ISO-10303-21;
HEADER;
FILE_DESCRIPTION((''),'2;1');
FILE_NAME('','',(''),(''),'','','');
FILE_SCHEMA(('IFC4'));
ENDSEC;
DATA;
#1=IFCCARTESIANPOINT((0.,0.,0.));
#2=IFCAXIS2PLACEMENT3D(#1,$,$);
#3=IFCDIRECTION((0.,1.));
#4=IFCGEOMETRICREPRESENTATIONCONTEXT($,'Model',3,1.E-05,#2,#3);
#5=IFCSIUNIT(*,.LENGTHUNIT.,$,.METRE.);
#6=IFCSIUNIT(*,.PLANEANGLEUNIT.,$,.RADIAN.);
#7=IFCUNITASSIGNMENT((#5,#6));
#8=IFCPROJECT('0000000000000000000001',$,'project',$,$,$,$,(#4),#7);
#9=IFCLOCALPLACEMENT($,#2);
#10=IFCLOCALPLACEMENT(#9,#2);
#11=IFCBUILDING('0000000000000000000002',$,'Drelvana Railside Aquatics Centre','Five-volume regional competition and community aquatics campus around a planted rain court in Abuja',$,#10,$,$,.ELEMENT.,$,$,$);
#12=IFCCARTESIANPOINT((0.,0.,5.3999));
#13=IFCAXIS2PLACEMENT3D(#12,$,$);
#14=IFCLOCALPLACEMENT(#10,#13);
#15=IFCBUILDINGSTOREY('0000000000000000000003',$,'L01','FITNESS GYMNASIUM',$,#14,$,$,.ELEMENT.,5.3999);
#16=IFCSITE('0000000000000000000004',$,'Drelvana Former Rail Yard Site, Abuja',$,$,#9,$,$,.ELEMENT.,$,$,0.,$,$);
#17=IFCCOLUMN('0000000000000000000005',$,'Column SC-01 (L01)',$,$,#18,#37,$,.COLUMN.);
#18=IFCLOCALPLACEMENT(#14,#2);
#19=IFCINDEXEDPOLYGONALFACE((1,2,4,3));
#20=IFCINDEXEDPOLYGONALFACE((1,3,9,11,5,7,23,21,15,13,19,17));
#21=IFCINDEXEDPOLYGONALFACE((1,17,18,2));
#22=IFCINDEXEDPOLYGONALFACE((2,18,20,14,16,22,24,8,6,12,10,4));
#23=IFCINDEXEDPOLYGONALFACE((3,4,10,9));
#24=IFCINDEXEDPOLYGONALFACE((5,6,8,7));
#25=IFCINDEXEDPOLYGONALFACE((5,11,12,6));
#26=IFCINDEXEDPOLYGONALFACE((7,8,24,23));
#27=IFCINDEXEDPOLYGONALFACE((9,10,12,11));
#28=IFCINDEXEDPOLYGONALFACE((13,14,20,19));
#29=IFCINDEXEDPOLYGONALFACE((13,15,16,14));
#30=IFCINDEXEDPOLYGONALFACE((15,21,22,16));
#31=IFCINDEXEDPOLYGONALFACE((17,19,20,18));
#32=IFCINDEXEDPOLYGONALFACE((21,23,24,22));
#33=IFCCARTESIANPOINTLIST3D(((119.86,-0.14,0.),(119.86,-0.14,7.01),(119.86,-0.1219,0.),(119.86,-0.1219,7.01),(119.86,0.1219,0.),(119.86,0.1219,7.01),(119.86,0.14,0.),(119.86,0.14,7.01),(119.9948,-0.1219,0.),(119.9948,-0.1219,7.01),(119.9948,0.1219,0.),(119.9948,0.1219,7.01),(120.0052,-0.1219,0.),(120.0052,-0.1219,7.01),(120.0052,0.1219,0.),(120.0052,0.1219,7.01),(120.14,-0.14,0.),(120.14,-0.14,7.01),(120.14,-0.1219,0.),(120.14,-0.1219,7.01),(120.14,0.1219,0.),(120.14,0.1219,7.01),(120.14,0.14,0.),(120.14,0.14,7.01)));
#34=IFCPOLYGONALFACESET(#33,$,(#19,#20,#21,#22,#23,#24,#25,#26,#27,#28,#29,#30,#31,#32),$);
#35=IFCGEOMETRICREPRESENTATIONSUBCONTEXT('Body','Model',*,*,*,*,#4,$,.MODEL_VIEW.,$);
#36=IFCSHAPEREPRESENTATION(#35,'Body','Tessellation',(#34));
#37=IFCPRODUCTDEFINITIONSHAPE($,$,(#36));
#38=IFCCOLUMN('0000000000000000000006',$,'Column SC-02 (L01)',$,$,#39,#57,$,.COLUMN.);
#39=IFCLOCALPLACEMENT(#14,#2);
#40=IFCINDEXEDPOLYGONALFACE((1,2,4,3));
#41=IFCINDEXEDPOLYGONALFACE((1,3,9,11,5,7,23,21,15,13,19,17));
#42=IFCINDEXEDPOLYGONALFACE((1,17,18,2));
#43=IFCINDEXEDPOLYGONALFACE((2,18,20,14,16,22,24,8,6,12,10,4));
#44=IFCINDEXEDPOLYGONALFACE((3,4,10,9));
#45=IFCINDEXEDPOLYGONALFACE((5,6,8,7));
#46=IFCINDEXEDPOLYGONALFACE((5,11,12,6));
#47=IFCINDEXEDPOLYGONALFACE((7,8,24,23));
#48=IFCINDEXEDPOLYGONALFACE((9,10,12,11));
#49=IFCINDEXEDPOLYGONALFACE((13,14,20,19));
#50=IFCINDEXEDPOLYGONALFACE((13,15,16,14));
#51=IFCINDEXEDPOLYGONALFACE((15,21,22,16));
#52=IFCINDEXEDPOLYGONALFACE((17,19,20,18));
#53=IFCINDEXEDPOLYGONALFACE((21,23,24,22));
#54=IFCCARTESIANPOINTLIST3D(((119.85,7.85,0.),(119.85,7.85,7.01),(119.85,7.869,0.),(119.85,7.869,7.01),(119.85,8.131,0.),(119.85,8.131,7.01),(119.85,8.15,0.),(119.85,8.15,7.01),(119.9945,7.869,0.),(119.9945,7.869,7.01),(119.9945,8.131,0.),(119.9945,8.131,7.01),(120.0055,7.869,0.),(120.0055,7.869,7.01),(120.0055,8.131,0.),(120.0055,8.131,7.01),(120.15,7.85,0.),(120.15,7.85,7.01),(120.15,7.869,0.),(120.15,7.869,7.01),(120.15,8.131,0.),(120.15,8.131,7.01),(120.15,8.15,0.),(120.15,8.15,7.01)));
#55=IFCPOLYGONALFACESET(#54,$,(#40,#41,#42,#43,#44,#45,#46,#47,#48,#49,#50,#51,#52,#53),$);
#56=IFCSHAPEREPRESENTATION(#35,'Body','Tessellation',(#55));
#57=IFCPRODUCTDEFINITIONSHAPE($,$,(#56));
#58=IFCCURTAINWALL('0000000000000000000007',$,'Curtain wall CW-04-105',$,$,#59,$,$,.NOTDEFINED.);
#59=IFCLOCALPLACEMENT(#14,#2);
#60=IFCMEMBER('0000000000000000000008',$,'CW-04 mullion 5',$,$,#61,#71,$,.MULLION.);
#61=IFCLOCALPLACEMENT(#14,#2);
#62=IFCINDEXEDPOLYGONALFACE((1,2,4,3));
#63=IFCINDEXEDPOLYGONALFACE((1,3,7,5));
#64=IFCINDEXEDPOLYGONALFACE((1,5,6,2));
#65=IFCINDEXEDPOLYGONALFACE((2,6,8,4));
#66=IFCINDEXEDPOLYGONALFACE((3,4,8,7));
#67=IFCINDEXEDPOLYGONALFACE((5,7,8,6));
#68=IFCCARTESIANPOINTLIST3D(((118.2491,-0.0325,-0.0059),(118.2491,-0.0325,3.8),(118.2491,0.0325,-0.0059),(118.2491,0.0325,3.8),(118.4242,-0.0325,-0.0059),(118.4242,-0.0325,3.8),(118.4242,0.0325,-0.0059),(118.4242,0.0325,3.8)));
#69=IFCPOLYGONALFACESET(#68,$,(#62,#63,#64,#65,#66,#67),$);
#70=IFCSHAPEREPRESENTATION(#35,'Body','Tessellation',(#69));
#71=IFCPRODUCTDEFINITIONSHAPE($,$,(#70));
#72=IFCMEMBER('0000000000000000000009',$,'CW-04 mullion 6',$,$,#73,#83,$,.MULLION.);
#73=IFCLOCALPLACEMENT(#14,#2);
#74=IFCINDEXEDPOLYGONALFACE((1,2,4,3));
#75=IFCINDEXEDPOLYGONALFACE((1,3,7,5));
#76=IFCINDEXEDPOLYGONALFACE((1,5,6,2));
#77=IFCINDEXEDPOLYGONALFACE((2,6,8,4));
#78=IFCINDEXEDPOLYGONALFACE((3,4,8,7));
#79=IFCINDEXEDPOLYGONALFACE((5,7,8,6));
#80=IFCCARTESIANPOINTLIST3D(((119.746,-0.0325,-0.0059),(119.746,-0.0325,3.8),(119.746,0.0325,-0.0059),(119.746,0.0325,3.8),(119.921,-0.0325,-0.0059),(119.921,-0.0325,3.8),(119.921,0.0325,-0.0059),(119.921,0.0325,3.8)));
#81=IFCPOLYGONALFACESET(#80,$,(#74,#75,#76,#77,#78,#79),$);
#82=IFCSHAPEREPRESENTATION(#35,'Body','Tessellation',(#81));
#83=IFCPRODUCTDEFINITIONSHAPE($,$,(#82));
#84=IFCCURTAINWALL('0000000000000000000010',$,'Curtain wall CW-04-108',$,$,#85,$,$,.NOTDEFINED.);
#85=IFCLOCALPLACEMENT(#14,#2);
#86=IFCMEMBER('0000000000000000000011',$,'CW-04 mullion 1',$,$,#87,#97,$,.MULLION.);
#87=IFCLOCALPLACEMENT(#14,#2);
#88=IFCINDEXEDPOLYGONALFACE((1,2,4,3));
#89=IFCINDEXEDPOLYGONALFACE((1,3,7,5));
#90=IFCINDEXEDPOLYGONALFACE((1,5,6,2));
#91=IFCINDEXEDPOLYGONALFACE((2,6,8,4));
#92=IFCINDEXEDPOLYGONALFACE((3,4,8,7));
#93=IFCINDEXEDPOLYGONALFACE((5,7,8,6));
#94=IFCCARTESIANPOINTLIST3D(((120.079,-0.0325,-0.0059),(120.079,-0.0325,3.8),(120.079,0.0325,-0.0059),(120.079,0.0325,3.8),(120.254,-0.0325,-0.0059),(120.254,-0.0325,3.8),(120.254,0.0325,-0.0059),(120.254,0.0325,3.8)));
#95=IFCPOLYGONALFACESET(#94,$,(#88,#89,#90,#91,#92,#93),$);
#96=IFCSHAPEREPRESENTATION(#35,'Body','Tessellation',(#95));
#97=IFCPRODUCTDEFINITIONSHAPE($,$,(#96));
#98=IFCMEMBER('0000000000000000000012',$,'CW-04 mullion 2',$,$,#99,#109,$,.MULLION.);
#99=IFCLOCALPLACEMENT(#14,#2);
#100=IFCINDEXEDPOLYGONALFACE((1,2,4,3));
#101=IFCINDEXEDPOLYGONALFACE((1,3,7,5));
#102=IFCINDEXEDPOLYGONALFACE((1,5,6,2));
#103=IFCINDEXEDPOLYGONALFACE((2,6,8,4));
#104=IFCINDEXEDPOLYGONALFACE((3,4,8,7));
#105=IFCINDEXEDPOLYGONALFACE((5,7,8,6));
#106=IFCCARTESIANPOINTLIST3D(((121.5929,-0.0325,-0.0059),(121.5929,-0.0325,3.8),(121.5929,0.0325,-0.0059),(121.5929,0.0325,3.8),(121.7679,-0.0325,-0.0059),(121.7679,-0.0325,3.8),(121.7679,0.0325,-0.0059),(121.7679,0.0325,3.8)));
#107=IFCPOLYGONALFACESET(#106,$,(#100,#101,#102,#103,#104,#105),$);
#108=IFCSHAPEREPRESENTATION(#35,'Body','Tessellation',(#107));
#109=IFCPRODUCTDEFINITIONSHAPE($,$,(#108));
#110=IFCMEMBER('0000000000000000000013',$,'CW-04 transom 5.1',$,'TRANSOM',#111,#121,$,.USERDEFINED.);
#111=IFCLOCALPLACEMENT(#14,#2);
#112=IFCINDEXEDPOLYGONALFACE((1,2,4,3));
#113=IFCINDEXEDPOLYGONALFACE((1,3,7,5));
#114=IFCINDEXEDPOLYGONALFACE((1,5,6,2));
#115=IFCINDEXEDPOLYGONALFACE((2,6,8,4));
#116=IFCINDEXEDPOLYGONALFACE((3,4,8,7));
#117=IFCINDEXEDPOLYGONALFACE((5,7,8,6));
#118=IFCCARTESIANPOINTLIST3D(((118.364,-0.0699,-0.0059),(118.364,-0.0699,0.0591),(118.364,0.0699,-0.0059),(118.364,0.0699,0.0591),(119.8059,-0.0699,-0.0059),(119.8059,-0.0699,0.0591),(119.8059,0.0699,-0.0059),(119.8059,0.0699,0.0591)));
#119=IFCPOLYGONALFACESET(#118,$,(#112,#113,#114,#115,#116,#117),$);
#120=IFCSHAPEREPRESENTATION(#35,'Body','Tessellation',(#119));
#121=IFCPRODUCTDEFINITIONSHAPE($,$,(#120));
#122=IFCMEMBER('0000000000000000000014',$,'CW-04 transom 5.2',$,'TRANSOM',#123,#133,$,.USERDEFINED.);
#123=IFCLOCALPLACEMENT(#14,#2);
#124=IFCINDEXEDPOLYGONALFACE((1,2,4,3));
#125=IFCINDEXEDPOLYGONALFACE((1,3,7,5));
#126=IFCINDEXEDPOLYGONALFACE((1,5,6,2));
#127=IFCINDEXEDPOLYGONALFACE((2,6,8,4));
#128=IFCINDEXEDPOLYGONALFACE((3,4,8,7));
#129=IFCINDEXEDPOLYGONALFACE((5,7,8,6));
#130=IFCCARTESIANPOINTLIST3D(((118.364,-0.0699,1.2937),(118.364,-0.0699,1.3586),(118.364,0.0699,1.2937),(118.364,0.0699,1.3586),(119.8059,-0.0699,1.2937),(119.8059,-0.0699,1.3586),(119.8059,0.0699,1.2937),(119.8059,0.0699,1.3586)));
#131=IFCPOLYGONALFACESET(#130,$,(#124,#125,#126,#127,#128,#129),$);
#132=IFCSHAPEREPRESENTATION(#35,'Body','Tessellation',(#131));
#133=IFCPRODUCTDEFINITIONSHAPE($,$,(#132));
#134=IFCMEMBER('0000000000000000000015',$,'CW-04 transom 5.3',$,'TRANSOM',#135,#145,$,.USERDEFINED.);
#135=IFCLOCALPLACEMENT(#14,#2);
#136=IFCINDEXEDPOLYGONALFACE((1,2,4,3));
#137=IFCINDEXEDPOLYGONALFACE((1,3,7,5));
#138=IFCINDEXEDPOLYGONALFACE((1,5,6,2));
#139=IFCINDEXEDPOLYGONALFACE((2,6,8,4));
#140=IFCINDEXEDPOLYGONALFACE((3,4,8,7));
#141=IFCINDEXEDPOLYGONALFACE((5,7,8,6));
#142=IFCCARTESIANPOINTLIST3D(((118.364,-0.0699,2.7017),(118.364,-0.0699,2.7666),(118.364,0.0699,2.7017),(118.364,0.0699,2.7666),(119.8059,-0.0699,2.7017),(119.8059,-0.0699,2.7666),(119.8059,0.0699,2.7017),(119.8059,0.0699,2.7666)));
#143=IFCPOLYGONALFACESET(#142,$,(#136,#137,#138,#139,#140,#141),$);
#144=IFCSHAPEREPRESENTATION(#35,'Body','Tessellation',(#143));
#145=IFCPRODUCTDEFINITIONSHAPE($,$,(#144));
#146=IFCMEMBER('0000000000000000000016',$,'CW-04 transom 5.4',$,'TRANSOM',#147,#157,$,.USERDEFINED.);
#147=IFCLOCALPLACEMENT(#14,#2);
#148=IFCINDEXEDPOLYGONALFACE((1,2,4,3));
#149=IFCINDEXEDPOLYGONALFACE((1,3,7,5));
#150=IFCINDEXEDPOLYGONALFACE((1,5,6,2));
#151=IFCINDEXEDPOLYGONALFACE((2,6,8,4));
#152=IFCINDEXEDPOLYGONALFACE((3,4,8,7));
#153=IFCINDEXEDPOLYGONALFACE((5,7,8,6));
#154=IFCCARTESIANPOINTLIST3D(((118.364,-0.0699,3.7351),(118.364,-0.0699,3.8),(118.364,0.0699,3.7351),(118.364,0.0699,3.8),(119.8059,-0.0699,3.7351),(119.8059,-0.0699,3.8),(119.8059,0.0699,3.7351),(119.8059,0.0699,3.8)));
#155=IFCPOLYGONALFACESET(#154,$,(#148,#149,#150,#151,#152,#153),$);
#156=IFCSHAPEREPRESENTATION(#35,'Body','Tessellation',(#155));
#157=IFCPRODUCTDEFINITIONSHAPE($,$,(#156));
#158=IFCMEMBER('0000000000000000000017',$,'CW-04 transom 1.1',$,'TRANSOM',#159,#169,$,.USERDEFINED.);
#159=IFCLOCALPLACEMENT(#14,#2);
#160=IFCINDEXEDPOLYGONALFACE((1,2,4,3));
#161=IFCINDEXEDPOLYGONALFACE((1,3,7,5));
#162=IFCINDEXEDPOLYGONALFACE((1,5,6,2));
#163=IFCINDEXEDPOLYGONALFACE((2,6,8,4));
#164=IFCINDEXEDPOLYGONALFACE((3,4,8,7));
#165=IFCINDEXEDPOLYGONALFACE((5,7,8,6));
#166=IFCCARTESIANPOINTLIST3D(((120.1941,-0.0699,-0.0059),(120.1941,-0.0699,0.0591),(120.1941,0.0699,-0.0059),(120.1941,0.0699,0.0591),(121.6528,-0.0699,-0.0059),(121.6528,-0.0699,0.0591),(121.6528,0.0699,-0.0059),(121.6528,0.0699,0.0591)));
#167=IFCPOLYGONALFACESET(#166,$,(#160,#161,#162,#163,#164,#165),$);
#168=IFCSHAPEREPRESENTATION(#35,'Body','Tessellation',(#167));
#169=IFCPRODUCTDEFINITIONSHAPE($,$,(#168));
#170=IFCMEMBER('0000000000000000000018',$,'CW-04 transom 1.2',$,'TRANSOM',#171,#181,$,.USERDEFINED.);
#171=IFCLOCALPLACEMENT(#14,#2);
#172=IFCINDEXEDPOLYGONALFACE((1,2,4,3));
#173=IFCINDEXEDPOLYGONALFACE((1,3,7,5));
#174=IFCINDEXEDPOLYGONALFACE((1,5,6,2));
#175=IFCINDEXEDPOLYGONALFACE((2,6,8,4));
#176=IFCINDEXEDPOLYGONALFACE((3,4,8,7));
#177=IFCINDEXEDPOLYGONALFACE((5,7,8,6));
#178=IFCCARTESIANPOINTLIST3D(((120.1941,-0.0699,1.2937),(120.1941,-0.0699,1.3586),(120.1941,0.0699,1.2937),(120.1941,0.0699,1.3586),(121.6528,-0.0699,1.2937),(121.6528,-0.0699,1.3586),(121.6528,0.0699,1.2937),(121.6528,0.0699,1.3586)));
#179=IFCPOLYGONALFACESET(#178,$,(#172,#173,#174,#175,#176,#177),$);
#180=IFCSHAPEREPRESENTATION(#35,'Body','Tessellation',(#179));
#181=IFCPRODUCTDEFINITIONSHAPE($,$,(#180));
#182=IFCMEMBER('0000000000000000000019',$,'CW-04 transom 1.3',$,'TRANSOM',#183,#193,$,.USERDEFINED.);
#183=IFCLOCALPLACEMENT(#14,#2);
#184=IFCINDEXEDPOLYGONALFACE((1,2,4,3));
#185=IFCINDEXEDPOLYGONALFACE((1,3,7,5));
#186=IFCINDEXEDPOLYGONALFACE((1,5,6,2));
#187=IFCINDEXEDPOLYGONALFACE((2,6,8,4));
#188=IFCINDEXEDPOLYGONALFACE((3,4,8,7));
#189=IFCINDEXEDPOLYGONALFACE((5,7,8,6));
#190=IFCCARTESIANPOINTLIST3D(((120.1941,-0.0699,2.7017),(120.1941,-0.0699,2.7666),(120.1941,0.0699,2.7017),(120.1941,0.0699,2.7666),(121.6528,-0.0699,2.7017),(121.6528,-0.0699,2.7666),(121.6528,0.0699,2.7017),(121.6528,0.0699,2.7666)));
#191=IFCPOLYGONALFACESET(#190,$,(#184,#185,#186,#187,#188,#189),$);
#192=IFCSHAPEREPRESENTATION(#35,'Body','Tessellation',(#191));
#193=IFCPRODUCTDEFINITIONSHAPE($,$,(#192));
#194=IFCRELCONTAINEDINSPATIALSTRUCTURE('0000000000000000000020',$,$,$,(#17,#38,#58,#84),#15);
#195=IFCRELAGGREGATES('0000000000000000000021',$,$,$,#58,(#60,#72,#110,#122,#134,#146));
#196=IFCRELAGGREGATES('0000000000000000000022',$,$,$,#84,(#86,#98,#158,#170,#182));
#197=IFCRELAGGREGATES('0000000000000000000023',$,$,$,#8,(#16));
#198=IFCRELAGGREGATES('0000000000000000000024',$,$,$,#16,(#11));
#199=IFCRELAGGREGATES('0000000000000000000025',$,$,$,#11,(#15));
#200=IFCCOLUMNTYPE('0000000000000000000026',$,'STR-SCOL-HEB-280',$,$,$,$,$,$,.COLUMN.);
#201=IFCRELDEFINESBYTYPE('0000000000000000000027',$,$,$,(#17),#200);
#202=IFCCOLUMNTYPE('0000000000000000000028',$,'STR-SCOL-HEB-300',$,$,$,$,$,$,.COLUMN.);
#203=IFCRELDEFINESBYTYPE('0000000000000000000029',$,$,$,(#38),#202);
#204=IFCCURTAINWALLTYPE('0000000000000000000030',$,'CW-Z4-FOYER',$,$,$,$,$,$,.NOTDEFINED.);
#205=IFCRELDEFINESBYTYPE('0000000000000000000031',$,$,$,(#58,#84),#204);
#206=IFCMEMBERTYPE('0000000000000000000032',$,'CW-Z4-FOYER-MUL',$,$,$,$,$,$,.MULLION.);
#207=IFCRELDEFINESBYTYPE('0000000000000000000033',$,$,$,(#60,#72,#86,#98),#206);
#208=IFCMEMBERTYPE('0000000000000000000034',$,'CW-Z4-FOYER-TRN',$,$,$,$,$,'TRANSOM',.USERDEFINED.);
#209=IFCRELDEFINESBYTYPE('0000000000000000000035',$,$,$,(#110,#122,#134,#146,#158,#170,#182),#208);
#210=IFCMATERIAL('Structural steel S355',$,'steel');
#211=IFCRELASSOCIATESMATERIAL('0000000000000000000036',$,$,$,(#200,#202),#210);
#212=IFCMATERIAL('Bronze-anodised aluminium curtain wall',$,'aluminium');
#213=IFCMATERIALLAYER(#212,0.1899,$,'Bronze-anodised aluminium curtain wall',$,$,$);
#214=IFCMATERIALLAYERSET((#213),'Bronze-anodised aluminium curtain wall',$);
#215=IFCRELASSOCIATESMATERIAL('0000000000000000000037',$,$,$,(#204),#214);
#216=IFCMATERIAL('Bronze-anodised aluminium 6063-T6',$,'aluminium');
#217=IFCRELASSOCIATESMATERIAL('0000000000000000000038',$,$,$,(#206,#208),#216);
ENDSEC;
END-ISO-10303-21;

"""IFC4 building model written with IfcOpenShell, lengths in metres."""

from ifc_helpers import new_model, si_unit, direction, frame, origin, origin_2d, place, context, subcontext, project, spatial, rectangle, i_section, extrude, material, layer, layer_set, material_profile, profile_set, type_object, element, aggregate, save


model = new_model("IFC4")

# Units and contexts
model_context = context("Model", 3, precision=1e-05, world=origin(), true_north=direction((0.0, 1.0)))
body_context = subcontext(model_context, "Body", "Model", "MODEL_VIEW")
ifc_project = project(units=[si_unit("LENGTHUNIT", "METRE"), si_unit("PLANEANGLEUNIT", "RADIAN")], contexts=[model_context])

# Site, building, storey
site_placement = place(None, origin())
site = spatial("IfcSite", under=ifc_project, at=site_placement, Name="Drelvana Former Rail Yard Site, Abuja", CompositionType="ELEMENT", RefElevation=0.0)
building_placement = place(site_placement, origin())
building = spatial("IfcBuilding", under=site, at=building_placement, Name="Drelvana Railside Aquatics Centre", Description="Five-volume regional competition and community aquatics campus around a planted rain court in Abuja", CompositionType="ELEMENT")
storey_placement = place(building_placement, frame((0.0, 0.0, 5.3999)))
storey = spatial("IfcBuildingStorey", under=building, at=storey_placement, Name="L01", Description="FITNESS GYMNASIUM", CompositionType="ELEMENT", Elevation=5.3999)

# Columns
ifc_material_1 = material(Name="Structural steel S355", Category="steel")
ifc_material_profile_1 = material_profile(ifc_material_1, i_section(OverallWidth=0.28, OverallDepth=0.28, WebThickness=0.0105, FlangeThickness=0.0181, at=origin_2d()), Name="HEB 280")
ifc_profile_set_1 = profile_set([ifc_material_profile_1], Name="Structural steel S355")
column_type_1 = type_object("IfcColumnType", Name="STR-SCOL-HEB-280", PredefinedType="COLUMN", material=ifc_profile_set_1)
column_1_placement = place(storey_placement, frame((120.0, 0.0, 0.0), z_axis=(0.0, 0.0, 1.0), x_axis=(1.0, 0.0, 0.0)))
element("IfcColumn", 1, at=column_1_placement, inside=storey, type_object=column_type_1, Name="Column SC-01 (L01)", PredefinedType="COLUMN", context=body_context, shape_type="SweptSolid", body=[
    extrude(i_section(OverallWidth=0.28, OverallDepth=0.28, WebThickness=0.0105, FlangeThickness=0.0181, at=origin_2d()), origin(), (0.0, 0.0, 1.0), 7.01),
])
ifc_material_profile_2 = material_profile(ifc_material_1, i_section(OverallWidth=0.3, OverallDepth=0.3, WebThickness=0.011, FlangeThickness=0.019, at=origin_2d()), Name="HEB 300")
ifc_profile_set_2 = profile_set([ifc_material_profile_2], Name="Structural steel S355")
column_type_2 = type_object("IfcColumnType", Name="STR-SCOL-HEB-300", PredefinedType="COLUMN", material=ifc_profile_set_2)
column_2_placement = place(storey_placement, frame((120.0, 8.0, 0.0), z_axis=(0.0, 0.0, 1.0), x_axis=(1.0, 0.0, 0.0)))
element("IfcColumn", 2, at=column_2_placement, inside=storey, type_object=column_type_2, Name="Column SC-02 (L01)", PredefinedType="COLUMN", context=body_context, shape_type="SweptSolid", body=[
    extrude(i_section(OverallWidth=0.3, OverallDepth=0.3, WebThickness=0.011, FlangeThickness=0.019, at=origin_2d()), origin(), (0.0, 0.0, 1.0), 7.01),
])

# Curtain walls, members
ifc_material_2 = material(Name="Bronze-anodised aluminium curtain wall", Category="aluminium")
ifc_layer_1 = layer(ifc_material_2, 0.1899, Name="Bronze-anodised aluminium curtain wall")
ifc_layer_set_1 = layer_set([ifc_layer_1], Name="Bronze-anodised aluminium curtain wall")
curtain_wall_type = type_object("IfcCurtainWallType", Name="CW-Z4-FOYER", PredefinedType="NOTDEFINED", material=ifc_layer_set_1)
curtain_wall_1_placement = place(storey_placement, origin())
curtain_wall_1 = element("IfcCurtainWall", 3, at=curtain_wall_1_placement, inside=storey, type_object=curtain_wall_type, Name="Curtain wall CW-04-105", PredefinedType="NOTDEFINED")
ifc_material_3 = material(Name="Bronze-anodised aluminium 6063-T6", Category="aluminium")
ifc_material_profile_3 = material_profile(ifc_material_3, rectangle(XDim=0.0649, YDim=0.175, at=origin_2d()), Name="ALU-M 65x175")
ifc_profile_set_3 = profile_set([ifc_material_profile_3], Name="Bronze-anodised aluminium 6063-T6")
member_type_1 = type_object("IfcMemberType", Name="CW-Z4-FOYER-MUL", PredefinedType="MULLION", material=ifc_profile_set_3)
member_1_placement = place(storey_placement, frame((118.3367, 0.0, -0.0059), z_axis=(0.0, 0.0, 1.0), x_axis=(0.0, 1.0, 0.0)))
member_1 = element("IfcMember", 4, at=member_1_placement, type_object=member_type_1, Name="CW-04 mullion 5", PredefinedType="MULLION", context=body_context, shape_type="SweptSolid", body=[
    extrude(rectangle(XDim=0.0649, YDim=0.175, at=origin_2d()), origin(), (0.0, 0.0, 1.0), 3.8059),
])
member_2_placement = place(storey_placement, frame((119.8335, 0.0, -0.0059), z_axis=(0.0, 0.0, 1.0), x_axis=(0.0, 1.0, 0.0)))
member_2 = element("IfcMember", 5, at=member_2_placement, type_object=member_type_1, Name="CW-04 mullion 6", PredefinedType="MULLION", context=body_context, shape_type="SweptSolid", body=[
    extrude(rectangle(XDim=0.0649, YDim=0.175, at=origin_2d()), origin(), (0.0, 0.0, 1.0), 3.8059),
])
curtain_wall_2_placement = place(storey_placement, origin())
curtain_wall_2 = element("IfcCurtainWall", 6, at=curtain_wall_2_placement, inside=storey, type_object=curtain_wall_type, Name="Curtain wall CW-04-108", PredefinedType="NOTDEFINED")
member_3_placement = place(storey_placement, frame((120.1665, 0.0, -0.0059), z_axis=(0.0, 0.0, 1.0), x_axis=(0.0, 1.0, 0.0)))
member_3 = element("IfcMember", 7, at=member_3_placement, type_object=member_type_1, Name="CW-04 mullion 1", PredefinedType="MULLION", context=body_context, shape_type="SweptSolid", body=[
    extrude(rectangle(XDim=0.0649, YDim=0.175, at=origin_2d()), origin(), (0.0, 0.0, 1.0), 3.8059),
])
member_4_placement = place(storey_placement, frame((121.6804, 0.0, -0.0059), z_axis=(0.0, 0.0, 1.0), x_axis=(0.0, 1.0, 0.0)))
member_4 = element("IfcMember", 8, at=member_4_placement, type_object=member_type_1, Name="CW-04 mullion 2", PredefinedType="MULLION", context=body_context, shape_type="SweptSolid", body=[
    extrude(rectangle(XDim=0.0649, YDim=0.175, at=origin_2d()), origin(), (0.0, 0.0, 1.0), 3.8059),
])

# Members
ifc_material_profile_4 = material_profile(ifc_material_3, rectangle(XDim=0.1399, YDim=0.0649, at=origin_2d()), Name="ALU-T 65x140")
ifc_profile_set_4 = profile_set([ifc_material_profile_4], Name="Bronze-anodised aluminium 6063-T6")
member_type_2 = type_object("IfcMemberType", Name="CW-Z4-FOYER-TRN", ElementType="TRANSOM", PredefinedType="USERDEFINED", material=ifc_profile_set_4)
member_5_placement = place(storey_placement, frame((118.364, 0.0, 0.0266), z_axis=(1.0, 0.0, 0.0), x_axis=(0.0, 1.0, 0.0)))
member_5 = element("IfcMember", 9, at=member_5_placement, type_object=member_type_2, Name="CW-04 transom 5.1", ObjectType="TRANSOM", PredefinedType="USERDEFINED", context=body_context, shape_type="SweptSolid", body=[
    extrude(rectangle(XDim=0.1399, YDim=0.0649, at=origin_2d()), origin(), (0.0, 0.0, 1.0), 1.4419),
])
member_6_placement = place(storey_placement, frame((118.364, 0.0, 1.3262), z_axis=(1.0, 0.0, 0.0), x_axis=(0.0, 1.0, 0.0)))
member_6 = element("IfcMember", 10, at=member_6_placement, type_object=member_type_2, Name="CW-04 transom 5.2", ObjectType="TRANSOM", PredefinedType="USERDEFINED", context=body_context, shape_type="SweptSolid", body=[
    extrude(rectangle(XDim=0.1399, YDim=0.0649, at=origin_2d()), origin(), (0.0, 0.0, 1.0), 1.4419),
])
member_7_placement = place(storey_placement, frame((118.364, 0.0, 2.7341), z_axis=(1.0, 0.0, 0.0), x_axis=(0.0, 1.0, 0.0)))
member_7 = element("IfcMember", 11, at=member_7_placement, type_object=member_type_2, Name="CW-04 transom 5.3", ObjectType="TRANSOM", PredefinedType="USERDEFINED", context=body_context, shape_type="SweptSolid", body=[
    extrude(rectangle(XDim=0.1399, YDim=0.0649, at=origin_2d()), origin(), (0.0, 0.0, 1.0), 1.4419),
])
member_8_placement = place(storey_placement, frame((118.364, 0.0, 3.7676), z_axis=(1.0, 0.0, 0.0), x_axis=(0.0, 1.0, 0.0)))
member_8 = element("IfcMember", 12, at=member_8_placement, type_object=member_type_2, Name="CW-04 transom 5.4", ObjectType="TRANSOM", PredefinedType="USERDEFINED", context=body_context, shape_type="SweptSolid", body=[
    extrude(rectangle(XDim=0.1399, YDim=0.0649, at=origin_2d()), origin(), (0.0, 0.0, 1.0), 1.4419),
])
member_9_placement = place(storey_placement, frame((120.1941, 0.0, 0.0266), z_axis=(1.0, 0.0, 0.0), x_axis=(0.0, 1.0, 0.0)))
member_9 = element("IfcMember", 13, at=member_9_placement, type_object=member_type_2, Name="CW-04 transom 1.1", ObjectType="TRANSOM", PredefinedType="USERDEFINED", context=body_context, shape_type="SweptSolid", body=[
    extrude(rectangle(XDim=0.1399, YDim=0.0649, at=origin_2d()), origin(), (0.0, 0.0, 1.0), 1.4587),
])
member_10_placement = place(storey_placement, frame((120.1941, 0.0, 1.3262), z_axis=(1.0, 0.0, 0.0), x_axis=(0.0, 1.0, 0.0)))
member_10 = element("IfcMember", 14, at=member_10_placement, type_object=member_type_2, Name="CW-04 transom 1.2", ObjectType="TRANSOM", PredefinedType="USERDEFINED", context=body_context, shape_type="SweptSolid", body=[
    extrude(rectangle(XDim=0.1399, YDim=0.0649, at=origin_2d()), origin(), (0.0, 0.0, 1.0), 1.4587),
])
member_11_placement = place(storey_placement, frame((120.1941, 0.0, 2.7341), z_axis=(1.0, 0.0, 0.0), x_axis=(0.0, 1.0, 0.0)))
member_11 = element("IfcMember", 15, at=member_11_placement, type_object=member_type_2, Name="CW-04 transom 1.3", ObjectType="TRANSOM", PredefinedType="USERDEFINED", context=body_context, shape_type="SweptSolid", body=[
    extrude(rectangle(XDim=0.1399, YDim=0.0649, at=origin_2d()), origin(), (0.0, 0.0, 1.0), 1.4587),
])

aggregate(curtain_wall_1, [member_1, member_2, member_5, member_6, member_7, member_8])
aggregate(curtain_wall_2, [member_3, member_4, member_9, member_10, member_11])

save(model, "model.ifc")
